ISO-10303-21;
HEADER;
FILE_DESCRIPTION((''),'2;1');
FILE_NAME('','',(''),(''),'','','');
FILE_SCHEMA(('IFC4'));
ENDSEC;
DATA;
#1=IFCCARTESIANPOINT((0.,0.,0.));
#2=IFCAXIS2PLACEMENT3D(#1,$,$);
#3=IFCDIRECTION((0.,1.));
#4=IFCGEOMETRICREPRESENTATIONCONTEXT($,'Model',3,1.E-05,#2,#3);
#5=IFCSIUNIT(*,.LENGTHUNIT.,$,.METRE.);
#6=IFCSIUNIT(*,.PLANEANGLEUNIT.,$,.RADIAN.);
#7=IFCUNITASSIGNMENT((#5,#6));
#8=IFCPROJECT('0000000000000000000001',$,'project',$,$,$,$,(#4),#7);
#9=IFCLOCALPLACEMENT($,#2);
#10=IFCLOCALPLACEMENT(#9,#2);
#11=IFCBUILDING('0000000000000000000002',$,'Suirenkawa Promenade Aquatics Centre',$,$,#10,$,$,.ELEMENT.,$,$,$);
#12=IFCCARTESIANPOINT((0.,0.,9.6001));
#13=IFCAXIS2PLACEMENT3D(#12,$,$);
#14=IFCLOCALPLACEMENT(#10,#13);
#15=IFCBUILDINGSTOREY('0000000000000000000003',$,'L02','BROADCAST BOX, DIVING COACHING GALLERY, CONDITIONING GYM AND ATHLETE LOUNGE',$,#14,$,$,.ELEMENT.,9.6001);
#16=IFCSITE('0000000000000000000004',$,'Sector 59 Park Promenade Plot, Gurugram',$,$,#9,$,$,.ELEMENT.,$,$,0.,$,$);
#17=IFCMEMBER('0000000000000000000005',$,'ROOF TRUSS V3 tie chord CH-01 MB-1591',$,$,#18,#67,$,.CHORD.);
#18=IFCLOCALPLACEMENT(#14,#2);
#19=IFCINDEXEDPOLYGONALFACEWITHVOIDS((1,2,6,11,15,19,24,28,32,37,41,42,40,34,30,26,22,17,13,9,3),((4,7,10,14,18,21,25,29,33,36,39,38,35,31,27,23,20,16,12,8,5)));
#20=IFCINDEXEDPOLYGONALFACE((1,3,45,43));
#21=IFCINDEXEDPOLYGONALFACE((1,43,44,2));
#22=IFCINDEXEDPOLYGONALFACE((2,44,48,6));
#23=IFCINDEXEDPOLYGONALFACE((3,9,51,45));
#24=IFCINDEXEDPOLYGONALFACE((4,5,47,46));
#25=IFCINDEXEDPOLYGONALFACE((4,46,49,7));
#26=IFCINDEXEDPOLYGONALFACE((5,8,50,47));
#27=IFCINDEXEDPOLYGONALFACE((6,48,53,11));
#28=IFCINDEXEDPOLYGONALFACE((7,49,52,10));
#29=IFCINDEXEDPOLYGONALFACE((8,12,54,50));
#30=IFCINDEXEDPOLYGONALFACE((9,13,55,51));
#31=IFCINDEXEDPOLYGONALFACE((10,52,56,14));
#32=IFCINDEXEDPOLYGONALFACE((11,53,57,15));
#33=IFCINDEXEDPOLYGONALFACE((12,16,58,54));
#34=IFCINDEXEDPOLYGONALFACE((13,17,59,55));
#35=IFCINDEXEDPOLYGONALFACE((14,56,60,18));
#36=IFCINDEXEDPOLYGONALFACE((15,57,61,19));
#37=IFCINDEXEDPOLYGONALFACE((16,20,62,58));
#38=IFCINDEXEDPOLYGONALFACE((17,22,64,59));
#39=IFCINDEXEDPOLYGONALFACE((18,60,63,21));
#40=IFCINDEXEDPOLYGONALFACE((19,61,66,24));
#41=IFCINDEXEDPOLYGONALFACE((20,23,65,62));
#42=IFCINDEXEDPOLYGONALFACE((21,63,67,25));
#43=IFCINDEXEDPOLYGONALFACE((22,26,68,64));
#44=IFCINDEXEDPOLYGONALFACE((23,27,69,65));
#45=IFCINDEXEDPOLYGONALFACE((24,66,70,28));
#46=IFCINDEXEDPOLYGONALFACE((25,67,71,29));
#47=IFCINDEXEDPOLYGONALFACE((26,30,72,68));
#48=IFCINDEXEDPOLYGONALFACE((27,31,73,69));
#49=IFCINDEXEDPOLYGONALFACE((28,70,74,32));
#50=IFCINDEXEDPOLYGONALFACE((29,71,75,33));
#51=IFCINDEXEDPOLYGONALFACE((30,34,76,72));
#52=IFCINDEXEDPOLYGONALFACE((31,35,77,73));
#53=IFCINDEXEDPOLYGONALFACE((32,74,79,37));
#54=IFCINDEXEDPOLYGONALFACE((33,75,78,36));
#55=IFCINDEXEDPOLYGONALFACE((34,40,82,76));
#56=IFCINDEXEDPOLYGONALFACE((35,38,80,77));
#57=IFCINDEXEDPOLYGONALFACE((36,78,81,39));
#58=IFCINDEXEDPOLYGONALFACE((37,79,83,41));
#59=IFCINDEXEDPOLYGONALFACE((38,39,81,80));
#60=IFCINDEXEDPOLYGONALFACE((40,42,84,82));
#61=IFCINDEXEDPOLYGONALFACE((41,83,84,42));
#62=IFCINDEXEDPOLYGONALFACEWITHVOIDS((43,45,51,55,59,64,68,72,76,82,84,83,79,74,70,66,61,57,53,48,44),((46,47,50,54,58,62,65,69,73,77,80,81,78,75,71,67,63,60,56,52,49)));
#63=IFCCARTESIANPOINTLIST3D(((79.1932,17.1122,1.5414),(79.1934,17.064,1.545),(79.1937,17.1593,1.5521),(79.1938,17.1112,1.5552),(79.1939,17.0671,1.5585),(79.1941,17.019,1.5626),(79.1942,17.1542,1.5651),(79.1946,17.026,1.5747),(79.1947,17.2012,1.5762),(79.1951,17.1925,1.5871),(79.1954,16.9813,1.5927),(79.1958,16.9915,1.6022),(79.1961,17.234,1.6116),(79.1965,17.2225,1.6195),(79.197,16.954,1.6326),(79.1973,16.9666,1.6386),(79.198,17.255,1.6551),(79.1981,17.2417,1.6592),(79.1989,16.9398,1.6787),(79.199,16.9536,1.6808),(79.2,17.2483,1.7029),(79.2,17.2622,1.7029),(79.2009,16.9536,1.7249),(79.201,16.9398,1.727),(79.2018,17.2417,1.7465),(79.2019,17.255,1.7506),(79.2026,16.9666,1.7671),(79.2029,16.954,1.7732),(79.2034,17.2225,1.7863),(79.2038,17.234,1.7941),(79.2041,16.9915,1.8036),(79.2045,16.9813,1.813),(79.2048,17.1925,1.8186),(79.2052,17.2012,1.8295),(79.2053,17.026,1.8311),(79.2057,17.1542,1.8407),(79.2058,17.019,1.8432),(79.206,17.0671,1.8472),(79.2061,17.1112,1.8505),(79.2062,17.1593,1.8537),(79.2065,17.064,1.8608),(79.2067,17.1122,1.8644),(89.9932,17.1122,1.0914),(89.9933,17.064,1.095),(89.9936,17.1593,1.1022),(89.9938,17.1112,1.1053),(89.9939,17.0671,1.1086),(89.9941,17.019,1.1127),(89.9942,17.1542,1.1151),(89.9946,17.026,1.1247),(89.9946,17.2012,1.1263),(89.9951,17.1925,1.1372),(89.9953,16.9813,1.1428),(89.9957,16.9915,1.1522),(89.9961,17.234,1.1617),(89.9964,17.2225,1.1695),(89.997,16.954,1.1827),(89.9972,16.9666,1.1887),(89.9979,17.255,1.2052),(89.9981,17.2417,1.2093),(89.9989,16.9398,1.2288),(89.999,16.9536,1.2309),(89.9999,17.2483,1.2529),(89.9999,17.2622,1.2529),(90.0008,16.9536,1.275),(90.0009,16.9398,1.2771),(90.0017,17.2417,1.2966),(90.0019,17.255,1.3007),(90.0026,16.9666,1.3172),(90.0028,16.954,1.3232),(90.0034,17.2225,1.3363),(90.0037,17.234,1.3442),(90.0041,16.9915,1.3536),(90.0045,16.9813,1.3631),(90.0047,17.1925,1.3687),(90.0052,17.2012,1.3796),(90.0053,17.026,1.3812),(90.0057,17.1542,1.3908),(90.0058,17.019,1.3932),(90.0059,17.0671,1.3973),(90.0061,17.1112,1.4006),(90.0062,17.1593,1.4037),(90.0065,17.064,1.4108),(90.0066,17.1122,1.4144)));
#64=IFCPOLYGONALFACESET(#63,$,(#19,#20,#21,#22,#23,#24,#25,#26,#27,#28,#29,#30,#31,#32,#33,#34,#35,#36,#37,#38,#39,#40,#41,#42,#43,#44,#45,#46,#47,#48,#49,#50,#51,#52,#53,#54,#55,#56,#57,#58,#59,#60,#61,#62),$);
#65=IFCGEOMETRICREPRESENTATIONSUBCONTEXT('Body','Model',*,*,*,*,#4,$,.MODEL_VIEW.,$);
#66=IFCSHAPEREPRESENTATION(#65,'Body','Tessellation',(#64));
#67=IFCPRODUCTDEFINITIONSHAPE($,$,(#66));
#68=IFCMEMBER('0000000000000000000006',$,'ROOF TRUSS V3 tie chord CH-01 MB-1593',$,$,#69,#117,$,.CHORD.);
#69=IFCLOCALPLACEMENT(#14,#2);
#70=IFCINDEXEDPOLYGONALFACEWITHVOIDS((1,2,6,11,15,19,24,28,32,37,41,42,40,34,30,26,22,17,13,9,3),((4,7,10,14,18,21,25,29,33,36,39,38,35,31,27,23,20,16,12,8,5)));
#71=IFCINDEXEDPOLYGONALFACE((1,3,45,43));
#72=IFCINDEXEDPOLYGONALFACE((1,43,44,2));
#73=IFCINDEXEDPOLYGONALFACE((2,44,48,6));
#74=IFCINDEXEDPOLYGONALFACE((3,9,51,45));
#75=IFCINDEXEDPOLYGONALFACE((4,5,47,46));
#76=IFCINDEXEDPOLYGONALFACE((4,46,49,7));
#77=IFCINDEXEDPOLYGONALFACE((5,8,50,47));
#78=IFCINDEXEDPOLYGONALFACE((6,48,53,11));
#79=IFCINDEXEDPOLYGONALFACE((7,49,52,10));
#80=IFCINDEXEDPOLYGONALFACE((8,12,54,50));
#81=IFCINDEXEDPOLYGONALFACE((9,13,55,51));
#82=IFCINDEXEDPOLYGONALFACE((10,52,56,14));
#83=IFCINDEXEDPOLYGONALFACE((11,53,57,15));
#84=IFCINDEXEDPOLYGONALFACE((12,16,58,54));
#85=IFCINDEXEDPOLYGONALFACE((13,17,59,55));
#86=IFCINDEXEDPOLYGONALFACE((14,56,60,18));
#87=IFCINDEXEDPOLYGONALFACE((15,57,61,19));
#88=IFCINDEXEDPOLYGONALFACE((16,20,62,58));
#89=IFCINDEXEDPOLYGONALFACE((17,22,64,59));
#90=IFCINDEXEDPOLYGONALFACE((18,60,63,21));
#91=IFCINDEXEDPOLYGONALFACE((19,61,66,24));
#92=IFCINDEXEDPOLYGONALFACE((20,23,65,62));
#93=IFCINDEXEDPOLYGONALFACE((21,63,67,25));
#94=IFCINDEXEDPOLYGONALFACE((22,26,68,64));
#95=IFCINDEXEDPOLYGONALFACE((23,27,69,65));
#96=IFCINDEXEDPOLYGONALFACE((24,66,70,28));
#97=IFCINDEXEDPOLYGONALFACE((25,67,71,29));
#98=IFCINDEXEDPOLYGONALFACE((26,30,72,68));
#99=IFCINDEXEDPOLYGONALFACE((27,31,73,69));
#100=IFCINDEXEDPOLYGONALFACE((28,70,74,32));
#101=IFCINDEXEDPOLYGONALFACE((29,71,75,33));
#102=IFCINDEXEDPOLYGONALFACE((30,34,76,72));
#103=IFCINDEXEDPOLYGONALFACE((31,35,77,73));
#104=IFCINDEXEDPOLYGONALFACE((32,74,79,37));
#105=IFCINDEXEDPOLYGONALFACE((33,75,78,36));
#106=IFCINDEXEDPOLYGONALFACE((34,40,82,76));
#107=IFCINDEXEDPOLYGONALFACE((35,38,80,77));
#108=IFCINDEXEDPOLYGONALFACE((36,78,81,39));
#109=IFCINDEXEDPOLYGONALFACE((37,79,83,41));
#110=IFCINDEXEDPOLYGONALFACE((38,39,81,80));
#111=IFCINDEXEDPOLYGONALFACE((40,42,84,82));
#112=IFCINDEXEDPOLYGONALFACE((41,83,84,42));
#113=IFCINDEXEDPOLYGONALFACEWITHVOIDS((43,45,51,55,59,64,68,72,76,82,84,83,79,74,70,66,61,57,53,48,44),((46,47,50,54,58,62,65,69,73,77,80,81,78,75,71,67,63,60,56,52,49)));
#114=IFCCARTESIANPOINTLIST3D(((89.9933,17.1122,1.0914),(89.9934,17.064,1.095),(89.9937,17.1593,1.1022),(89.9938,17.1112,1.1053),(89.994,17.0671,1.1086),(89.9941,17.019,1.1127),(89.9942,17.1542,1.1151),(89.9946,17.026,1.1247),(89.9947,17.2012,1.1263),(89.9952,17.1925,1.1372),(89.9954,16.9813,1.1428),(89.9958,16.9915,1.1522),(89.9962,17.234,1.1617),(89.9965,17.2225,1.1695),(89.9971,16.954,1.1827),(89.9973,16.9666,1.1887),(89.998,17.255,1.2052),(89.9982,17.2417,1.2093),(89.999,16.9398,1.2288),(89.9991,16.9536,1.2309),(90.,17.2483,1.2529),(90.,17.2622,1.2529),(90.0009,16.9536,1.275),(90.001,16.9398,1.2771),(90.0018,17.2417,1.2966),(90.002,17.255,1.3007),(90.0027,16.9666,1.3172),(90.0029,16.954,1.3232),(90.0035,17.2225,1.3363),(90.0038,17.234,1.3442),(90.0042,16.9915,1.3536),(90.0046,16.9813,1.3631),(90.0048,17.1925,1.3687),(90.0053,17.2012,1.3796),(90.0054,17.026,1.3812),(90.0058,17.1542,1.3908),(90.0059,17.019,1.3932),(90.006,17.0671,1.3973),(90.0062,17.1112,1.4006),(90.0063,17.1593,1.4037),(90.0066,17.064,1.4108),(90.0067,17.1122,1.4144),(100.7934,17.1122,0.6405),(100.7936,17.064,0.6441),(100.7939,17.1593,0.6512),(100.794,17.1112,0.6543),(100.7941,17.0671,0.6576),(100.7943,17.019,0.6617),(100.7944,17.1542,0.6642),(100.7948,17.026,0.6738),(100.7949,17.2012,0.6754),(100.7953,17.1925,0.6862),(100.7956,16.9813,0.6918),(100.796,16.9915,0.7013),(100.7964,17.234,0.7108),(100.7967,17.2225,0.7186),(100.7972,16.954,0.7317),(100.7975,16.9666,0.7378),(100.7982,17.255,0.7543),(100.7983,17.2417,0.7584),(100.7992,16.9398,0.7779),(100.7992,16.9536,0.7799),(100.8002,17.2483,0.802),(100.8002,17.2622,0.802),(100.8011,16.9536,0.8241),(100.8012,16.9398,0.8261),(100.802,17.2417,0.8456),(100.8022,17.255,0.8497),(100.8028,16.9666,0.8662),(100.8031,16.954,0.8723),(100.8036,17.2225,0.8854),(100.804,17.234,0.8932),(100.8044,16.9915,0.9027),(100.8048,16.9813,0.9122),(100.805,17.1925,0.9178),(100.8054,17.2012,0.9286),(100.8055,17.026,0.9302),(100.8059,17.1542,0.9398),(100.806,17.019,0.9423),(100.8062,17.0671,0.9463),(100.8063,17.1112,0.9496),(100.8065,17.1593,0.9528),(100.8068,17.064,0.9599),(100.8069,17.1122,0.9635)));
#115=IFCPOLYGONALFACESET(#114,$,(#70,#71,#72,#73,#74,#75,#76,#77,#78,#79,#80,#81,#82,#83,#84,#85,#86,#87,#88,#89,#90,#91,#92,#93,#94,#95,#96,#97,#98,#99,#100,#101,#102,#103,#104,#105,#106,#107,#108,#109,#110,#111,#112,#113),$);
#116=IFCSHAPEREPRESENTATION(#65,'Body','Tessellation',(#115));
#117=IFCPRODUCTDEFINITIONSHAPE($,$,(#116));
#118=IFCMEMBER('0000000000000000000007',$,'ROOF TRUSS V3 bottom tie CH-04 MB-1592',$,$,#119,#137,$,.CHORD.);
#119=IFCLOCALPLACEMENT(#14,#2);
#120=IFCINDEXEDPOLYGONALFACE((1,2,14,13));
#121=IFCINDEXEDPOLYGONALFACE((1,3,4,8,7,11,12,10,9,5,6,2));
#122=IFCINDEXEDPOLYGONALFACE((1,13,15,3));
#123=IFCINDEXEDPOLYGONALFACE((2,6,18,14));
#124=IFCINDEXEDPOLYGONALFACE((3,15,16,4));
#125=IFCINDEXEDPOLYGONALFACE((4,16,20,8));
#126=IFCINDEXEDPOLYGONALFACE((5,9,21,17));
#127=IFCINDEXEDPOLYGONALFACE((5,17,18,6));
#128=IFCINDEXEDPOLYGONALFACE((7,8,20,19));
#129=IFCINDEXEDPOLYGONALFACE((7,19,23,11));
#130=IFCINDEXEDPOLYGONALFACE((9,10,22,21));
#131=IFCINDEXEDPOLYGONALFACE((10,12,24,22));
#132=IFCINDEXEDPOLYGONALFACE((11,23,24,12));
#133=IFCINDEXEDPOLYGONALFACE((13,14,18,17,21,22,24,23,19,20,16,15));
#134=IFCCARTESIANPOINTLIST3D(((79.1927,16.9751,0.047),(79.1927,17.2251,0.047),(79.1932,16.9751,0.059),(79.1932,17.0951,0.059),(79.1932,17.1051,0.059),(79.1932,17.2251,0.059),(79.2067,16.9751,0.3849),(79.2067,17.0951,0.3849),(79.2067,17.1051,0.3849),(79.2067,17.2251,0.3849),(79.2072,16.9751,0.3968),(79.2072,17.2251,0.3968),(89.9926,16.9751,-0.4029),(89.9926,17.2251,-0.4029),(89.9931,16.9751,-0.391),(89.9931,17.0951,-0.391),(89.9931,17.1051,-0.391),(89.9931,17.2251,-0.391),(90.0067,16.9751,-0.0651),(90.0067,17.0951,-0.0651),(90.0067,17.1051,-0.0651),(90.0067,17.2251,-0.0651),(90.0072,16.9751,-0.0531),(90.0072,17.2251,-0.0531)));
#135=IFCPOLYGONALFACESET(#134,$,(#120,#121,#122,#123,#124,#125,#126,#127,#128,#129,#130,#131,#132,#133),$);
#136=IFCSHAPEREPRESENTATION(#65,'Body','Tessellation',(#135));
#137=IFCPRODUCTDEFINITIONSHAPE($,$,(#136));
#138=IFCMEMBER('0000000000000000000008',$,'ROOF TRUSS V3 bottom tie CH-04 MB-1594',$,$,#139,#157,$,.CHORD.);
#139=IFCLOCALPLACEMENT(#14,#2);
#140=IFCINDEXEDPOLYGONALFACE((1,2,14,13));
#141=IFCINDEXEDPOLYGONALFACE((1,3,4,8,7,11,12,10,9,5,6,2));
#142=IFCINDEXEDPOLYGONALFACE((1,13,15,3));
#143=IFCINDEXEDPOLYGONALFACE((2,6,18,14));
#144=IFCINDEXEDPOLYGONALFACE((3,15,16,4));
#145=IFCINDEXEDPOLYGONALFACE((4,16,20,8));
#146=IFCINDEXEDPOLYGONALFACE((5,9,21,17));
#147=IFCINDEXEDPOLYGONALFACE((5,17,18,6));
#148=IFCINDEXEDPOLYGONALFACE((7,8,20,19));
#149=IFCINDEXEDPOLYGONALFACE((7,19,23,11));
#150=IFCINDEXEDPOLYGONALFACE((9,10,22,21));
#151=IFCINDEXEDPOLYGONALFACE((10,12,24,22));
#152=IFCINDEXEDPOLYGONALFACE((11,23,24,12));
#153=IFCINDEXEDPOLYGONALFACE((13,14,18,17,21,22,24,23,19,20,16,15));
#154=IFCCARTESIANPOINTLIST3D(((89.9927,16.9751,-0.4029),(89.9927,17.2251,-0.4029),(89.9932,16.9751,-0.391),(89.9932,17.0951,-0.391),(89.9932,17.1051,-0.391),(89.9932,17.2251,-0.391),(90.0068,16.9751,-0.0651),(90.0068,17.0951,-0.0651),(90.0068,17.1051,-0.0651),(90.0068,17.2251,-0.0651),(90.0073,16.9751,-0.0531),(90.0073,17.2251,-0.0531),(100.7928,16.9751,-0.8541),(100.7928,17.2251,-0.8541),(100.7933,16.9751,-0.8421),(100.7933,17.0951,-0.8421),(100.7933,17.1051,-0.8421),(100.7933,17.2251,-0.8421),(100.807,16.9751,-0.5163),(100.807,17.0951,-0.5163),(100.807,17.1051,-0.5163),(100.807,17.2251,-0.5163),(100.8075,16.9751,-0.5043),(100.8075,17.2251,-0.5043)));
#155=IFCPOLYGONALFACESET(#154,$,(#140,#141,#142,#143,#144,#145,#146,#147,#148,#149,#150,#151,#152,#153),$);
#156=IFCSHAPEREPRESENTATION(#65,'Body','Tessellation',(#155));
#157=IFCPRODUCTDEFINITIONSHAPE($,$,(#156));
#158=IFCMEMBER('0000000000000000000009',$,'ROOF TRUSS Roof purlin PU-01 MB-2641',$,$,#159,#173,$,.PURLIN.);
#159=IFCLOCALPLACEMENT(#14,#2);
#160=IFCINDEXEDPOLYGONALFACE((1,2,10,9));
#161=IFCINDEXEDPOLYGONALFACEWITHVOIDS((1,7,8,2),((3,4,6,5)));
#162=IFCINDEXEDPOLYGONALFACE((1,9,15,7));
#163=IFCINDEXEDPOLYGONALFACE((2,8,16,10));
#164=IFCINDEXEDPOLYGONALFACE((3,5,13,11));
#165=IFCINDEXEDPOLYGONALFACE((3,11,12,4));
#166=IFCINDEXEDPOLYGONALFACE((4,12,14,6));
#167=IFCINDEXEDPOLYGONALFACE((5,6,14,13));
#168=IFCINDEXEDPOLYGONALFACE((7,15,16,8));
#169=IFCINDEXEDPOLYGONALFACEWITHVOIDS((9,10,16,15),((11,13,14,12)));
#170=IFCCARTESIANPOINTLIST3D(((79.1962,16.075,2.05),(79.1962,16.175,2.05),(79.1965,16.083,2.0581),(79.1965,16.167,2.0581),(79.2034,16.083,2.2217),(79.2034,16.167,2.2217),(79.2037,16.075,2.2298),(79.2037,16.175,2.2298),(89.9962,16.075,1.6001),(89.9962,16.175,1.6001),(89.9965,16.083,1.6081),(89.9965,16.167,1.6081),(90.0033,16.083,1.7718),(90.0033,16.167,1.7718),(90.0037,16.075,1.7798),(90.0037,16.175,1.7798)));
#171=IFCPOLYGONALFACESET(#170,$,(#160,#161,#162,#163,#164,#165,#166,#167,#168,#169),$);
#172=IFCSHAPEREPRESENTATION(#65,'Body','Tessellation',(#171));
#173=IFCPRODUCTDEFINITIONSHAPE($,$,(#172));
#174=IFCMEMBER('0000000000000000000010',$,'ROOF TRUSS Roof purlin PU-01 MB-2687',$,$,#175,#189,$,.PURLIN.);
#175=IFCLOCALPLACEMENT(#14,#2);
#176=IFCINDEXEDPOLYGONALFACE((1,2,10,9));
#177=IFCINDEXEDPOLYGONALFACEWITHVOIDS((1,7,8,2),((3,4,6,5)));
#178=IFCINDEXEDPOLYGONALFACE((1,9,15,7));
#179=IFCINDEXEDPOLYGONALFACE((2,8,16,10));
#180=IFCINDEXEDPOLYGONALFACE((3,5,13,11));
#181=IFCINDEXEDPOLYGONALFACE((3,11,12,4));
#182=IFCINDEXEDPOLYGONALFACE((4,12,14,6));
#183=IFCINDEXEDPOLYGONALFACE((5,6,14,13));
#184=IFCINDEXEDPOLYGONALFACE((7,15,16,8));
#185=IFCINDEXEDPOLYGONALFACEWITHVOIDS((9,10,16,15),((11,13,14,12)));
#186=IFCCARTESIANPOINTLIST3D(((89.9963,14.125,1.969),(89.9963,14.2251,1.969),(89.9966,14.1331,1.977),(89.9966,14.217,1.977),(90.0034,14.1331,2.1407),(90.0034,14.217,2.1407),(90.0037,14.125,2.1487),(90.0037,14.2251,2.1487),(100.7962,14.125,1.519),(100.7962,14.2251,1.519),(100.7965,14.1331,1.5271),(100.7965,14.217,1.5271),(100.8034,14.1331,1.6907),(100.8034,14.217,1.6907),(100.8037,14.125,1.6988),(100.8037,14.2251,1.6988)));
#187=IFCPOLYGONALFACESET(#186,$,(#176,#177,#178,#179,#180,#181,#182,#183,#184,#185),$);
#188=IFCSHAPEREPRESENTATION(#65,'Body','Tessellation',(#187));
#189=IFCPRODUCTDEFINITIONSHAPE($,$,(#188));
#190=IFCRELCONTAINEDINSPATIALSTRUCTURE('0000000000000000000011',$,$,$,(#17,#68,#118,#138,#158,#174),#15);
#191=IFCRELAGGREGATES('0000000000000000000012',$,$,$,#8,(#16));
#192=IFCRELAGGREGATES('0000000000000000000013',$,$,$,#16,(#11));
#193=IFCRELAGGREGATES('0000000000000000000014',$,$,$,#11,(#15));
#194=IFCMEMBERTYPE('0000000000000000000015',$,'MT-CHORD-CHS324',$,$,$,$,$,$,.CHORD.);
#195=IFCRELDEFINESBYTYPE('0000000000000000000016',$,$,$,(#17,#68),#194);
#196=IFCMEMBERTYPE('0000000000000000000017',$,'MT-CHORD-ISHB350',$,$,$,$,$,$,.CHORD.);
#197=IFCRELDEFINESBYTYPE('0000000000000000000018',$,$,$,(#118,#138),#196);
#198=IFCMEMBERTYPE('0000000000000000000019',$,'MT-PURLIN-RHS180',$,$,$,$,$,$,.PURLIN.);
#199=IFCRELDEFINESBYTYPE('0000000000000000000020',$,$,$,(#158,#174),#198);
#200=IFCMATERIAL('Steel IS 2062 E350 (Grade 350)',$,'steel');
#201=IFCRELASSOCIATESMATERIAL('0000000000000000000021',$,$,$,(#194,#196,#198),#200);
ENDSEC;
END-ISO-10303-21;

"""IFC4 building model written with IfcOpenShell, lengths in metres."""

from ifc_helpers import new_model, si_unit, direction, frame, origin, origin_2d, place, context, subcontext, project, spatial, hollow_rectangle, hollow_circle, i_section, extrude, material, material_profile, profile_set, type_object, element, save


model = new_model("IFC4")

# Units and contexts
model_context = context("Model", 3, precision=1e-05, world=origin(), true_north=direction((0.0, 1.0)))
body_context = subcontext(model_context, "Body", "Model", "MODEL_VIEW")
ifc_project = project(units=[si_unit("LENGTHUNIT", "METRE"), si_unit("PLANEANGLEUNIT", "RADIAN")], contexts=[model_context])

# Site, building, storey
site_placement = place(None, origin())
site = spatial("IfcSite", under=ifc_project, at=site_placement, Name="Sector 59 Park Promenade Plot, Gurugram", CompositionType="ELEMENT", RefElevation=0.0)
building_placement = place(site_placement, origin())
building = spatial("IfcBuilding", under=site, at=building_placement, Name="Suirenkawa Promenade Aquatics Centre", CompositionType="ELEMENT")
storey_placement = place(building_placement, frame((0.0, 0.0, 9.6001)))
storey = spatial("IfcBuildingStorey", under=building, at=storey_placement, Name="L02", Description="BROADCAST BOX, DIVING COACHING GALLERY, CONDITIONING GYM AND ATHLETE LOUNGE", CompositionType="ELEMENT", Elevation=9.6001)

# Shared definitions
ifc_material = material(Name="Steel IS 2062 E350 (Grade 350)", Category="steel")

# Members
ifc_material_profile_1 = material_profile(ifc_material, hollow_circle(Radius=0.1621, WallThickness=0.0139, at=origin_2d()), Name="CHS 324x14", Category="steel")
ifc_profile_set_1 = profile_set([ifc_material_profile_1], Name="Steel IS 2062 E350 (Grade 350)")
member_type_1 = type_object("IfcMemberType", Name="MT-CHORD-CHS324", PredefinedType="CHORD", material=ifc_profile_set_1)
member_1_placement = place(storey_placement, frame((79.2, 17.1001, 1.7029), z_axis=(0.999133, 0.0, -0.041626), x_axis=(0.0, 1.0, 0.0)))
element("IfcMember", 1, at=member_1_placement, inside=storey, type_object=member_type_1, Name="ROOF TRUSS V3 tie chord CH-01 MB-1591", PredefinedType="CHORD", context=body_context, shape_type="SweptSolid", body=[
    extrude(hollow_circle(Radius=0.1621, WallThickness=0.0139, at=origin_2d()), origin(), (0.0, 0.0, 1.0), 10.8093),
])
member_2_placement = place(storey_placement, frame((90.0, 17.1001, 1.2529), z_axis=(0.99913, 0.0, -0.041716), x_axis=(0.0, 1.0, 0.0)))
element("IfcMember", 2, at=member_2_placement, inside=storey, type_object=member_type_1, Name="ROOF TRUSS V3 tie chord CH-01 MB-1593", PredefinedType="CHORD", context=body_context, shape_type="SweptSolid", body=[
    extrude(hollow_circle(Radius=0.1621, WallThickness=0.0139, at=origin_2d()), origin(), (0.0, 0.0, 1.0), 10.8096),
])
ifc_material_profile_2 = material_profile(ifc_material, i_section(OverallWidth=0.25, OverallDepth=0.3501, WebThickness=0.01, FlangeThickness=0.012, at=origin_2d()), Name="ISHB 350", Category="steel")
ifc_profile_set_2 = profile_set([ifc_material_profile_2], Name="Steel IS 2062 E350 (Grade 350)")
member_type_2 = type_object("IfcMemberType", Name="MT-CHORD-ISHB350", PredefinedType="CHORD", material=ifc_profile_set_2)
member_3_placement = place(storey_placement, frame((79.2, 17.1001, 0.2219), z_axis=(0.999133, 0.0, -0.041626), x_axis=(0.0, 1.0, 0.0)))
element("IfcMember", 3, at=member_3_placement, inside=storey, type_object=member_type_2, Name="ROOF TRUSS V3 bottom tie CH-04 MB-1592", PredefinedType="CHORD", context=body_context, shape_type="SweptSolid", body=[
    extrude(i_section(OverallWidth=0.25, OverallDepth=0.3501, WebThickness=0.01, FlangeThickness=0.012, at=origin_2d()), origin(), (0.0, 0.0, 1.0), 10.8093),
])
member_4_placement = place(storey_placement, frame((90.0, 17.1001, -0.228), z_axis=(0.999129, 0.0, -0.041739), x_axis=(0.0, 1.0, 0.0)))
element("IfcMember", 4, at=member_4_placement, inside=storey, type_object=member_type_2, Name="ROOF TRUSS V3 bottom tie CH-04 MB-1594", PredefinedType="CHORD", context=body_context, shape_type="SweptSolid", body=[
    extrude(i_section(OverallWidth=0.25, OverallDepth=0.3501, WebThickness=0.01, FlangeThickness=0.012, at=origin_2d()), origin(), (0.0, 0.0, 1.0), 10.8096),
])
ifc_material_profile_3 = material_profile(ifc_material, hollow_rectangle(XDim=0.1001, YDim=0.1799, WallThickness=0.0081, at=origin_2d()), Name="RHS 180x100x8", Category="steel")
ifc_profile_set_3 = profile_set([ifc_material_profile_3], Name="Steel IS 2062 E350 (Grade 350)")
member_type_3 = type_object("IfcMemberType", Name="MT-PURLIN-RHS180", PredefinedType="PURLIN", material=ifc_profile_set_3)
for number, where, z_axis, x_axis, name in (
    (5, (79.2, 16.125, 2.1399), (0.999133, 0.0, -0.041626), (0.0, 1.0, 0.0), "ROOF TRUSS Roof purlin PU-01 MB-2641"),
    (6, (90.0, 14.175, 2.0588), (0.999133, 0.0, -0.041626), (0.0, 1.0, 0.0), "ROOF TRUSS Roof purlin PU-01 MB-2687"),
):
    element("IfcMember", number, at=place(storey_placement, frame(where, z_axis=z_axis, x_axis=x_axis)), inside=storey, type_object=member_type_3, Name=name, PredefinedType="PURLIN", context=body_context, shape_type="SweptSolid", body=[
        extrude(hollow_rectangle(XDim=0.1001, YDim=0.1799, WallThickness=0.0081, at=origin_2d()), origin(), (0.0, 0.0, 1.0), 10.8093),
    ])

save(model, "model.ifc")
